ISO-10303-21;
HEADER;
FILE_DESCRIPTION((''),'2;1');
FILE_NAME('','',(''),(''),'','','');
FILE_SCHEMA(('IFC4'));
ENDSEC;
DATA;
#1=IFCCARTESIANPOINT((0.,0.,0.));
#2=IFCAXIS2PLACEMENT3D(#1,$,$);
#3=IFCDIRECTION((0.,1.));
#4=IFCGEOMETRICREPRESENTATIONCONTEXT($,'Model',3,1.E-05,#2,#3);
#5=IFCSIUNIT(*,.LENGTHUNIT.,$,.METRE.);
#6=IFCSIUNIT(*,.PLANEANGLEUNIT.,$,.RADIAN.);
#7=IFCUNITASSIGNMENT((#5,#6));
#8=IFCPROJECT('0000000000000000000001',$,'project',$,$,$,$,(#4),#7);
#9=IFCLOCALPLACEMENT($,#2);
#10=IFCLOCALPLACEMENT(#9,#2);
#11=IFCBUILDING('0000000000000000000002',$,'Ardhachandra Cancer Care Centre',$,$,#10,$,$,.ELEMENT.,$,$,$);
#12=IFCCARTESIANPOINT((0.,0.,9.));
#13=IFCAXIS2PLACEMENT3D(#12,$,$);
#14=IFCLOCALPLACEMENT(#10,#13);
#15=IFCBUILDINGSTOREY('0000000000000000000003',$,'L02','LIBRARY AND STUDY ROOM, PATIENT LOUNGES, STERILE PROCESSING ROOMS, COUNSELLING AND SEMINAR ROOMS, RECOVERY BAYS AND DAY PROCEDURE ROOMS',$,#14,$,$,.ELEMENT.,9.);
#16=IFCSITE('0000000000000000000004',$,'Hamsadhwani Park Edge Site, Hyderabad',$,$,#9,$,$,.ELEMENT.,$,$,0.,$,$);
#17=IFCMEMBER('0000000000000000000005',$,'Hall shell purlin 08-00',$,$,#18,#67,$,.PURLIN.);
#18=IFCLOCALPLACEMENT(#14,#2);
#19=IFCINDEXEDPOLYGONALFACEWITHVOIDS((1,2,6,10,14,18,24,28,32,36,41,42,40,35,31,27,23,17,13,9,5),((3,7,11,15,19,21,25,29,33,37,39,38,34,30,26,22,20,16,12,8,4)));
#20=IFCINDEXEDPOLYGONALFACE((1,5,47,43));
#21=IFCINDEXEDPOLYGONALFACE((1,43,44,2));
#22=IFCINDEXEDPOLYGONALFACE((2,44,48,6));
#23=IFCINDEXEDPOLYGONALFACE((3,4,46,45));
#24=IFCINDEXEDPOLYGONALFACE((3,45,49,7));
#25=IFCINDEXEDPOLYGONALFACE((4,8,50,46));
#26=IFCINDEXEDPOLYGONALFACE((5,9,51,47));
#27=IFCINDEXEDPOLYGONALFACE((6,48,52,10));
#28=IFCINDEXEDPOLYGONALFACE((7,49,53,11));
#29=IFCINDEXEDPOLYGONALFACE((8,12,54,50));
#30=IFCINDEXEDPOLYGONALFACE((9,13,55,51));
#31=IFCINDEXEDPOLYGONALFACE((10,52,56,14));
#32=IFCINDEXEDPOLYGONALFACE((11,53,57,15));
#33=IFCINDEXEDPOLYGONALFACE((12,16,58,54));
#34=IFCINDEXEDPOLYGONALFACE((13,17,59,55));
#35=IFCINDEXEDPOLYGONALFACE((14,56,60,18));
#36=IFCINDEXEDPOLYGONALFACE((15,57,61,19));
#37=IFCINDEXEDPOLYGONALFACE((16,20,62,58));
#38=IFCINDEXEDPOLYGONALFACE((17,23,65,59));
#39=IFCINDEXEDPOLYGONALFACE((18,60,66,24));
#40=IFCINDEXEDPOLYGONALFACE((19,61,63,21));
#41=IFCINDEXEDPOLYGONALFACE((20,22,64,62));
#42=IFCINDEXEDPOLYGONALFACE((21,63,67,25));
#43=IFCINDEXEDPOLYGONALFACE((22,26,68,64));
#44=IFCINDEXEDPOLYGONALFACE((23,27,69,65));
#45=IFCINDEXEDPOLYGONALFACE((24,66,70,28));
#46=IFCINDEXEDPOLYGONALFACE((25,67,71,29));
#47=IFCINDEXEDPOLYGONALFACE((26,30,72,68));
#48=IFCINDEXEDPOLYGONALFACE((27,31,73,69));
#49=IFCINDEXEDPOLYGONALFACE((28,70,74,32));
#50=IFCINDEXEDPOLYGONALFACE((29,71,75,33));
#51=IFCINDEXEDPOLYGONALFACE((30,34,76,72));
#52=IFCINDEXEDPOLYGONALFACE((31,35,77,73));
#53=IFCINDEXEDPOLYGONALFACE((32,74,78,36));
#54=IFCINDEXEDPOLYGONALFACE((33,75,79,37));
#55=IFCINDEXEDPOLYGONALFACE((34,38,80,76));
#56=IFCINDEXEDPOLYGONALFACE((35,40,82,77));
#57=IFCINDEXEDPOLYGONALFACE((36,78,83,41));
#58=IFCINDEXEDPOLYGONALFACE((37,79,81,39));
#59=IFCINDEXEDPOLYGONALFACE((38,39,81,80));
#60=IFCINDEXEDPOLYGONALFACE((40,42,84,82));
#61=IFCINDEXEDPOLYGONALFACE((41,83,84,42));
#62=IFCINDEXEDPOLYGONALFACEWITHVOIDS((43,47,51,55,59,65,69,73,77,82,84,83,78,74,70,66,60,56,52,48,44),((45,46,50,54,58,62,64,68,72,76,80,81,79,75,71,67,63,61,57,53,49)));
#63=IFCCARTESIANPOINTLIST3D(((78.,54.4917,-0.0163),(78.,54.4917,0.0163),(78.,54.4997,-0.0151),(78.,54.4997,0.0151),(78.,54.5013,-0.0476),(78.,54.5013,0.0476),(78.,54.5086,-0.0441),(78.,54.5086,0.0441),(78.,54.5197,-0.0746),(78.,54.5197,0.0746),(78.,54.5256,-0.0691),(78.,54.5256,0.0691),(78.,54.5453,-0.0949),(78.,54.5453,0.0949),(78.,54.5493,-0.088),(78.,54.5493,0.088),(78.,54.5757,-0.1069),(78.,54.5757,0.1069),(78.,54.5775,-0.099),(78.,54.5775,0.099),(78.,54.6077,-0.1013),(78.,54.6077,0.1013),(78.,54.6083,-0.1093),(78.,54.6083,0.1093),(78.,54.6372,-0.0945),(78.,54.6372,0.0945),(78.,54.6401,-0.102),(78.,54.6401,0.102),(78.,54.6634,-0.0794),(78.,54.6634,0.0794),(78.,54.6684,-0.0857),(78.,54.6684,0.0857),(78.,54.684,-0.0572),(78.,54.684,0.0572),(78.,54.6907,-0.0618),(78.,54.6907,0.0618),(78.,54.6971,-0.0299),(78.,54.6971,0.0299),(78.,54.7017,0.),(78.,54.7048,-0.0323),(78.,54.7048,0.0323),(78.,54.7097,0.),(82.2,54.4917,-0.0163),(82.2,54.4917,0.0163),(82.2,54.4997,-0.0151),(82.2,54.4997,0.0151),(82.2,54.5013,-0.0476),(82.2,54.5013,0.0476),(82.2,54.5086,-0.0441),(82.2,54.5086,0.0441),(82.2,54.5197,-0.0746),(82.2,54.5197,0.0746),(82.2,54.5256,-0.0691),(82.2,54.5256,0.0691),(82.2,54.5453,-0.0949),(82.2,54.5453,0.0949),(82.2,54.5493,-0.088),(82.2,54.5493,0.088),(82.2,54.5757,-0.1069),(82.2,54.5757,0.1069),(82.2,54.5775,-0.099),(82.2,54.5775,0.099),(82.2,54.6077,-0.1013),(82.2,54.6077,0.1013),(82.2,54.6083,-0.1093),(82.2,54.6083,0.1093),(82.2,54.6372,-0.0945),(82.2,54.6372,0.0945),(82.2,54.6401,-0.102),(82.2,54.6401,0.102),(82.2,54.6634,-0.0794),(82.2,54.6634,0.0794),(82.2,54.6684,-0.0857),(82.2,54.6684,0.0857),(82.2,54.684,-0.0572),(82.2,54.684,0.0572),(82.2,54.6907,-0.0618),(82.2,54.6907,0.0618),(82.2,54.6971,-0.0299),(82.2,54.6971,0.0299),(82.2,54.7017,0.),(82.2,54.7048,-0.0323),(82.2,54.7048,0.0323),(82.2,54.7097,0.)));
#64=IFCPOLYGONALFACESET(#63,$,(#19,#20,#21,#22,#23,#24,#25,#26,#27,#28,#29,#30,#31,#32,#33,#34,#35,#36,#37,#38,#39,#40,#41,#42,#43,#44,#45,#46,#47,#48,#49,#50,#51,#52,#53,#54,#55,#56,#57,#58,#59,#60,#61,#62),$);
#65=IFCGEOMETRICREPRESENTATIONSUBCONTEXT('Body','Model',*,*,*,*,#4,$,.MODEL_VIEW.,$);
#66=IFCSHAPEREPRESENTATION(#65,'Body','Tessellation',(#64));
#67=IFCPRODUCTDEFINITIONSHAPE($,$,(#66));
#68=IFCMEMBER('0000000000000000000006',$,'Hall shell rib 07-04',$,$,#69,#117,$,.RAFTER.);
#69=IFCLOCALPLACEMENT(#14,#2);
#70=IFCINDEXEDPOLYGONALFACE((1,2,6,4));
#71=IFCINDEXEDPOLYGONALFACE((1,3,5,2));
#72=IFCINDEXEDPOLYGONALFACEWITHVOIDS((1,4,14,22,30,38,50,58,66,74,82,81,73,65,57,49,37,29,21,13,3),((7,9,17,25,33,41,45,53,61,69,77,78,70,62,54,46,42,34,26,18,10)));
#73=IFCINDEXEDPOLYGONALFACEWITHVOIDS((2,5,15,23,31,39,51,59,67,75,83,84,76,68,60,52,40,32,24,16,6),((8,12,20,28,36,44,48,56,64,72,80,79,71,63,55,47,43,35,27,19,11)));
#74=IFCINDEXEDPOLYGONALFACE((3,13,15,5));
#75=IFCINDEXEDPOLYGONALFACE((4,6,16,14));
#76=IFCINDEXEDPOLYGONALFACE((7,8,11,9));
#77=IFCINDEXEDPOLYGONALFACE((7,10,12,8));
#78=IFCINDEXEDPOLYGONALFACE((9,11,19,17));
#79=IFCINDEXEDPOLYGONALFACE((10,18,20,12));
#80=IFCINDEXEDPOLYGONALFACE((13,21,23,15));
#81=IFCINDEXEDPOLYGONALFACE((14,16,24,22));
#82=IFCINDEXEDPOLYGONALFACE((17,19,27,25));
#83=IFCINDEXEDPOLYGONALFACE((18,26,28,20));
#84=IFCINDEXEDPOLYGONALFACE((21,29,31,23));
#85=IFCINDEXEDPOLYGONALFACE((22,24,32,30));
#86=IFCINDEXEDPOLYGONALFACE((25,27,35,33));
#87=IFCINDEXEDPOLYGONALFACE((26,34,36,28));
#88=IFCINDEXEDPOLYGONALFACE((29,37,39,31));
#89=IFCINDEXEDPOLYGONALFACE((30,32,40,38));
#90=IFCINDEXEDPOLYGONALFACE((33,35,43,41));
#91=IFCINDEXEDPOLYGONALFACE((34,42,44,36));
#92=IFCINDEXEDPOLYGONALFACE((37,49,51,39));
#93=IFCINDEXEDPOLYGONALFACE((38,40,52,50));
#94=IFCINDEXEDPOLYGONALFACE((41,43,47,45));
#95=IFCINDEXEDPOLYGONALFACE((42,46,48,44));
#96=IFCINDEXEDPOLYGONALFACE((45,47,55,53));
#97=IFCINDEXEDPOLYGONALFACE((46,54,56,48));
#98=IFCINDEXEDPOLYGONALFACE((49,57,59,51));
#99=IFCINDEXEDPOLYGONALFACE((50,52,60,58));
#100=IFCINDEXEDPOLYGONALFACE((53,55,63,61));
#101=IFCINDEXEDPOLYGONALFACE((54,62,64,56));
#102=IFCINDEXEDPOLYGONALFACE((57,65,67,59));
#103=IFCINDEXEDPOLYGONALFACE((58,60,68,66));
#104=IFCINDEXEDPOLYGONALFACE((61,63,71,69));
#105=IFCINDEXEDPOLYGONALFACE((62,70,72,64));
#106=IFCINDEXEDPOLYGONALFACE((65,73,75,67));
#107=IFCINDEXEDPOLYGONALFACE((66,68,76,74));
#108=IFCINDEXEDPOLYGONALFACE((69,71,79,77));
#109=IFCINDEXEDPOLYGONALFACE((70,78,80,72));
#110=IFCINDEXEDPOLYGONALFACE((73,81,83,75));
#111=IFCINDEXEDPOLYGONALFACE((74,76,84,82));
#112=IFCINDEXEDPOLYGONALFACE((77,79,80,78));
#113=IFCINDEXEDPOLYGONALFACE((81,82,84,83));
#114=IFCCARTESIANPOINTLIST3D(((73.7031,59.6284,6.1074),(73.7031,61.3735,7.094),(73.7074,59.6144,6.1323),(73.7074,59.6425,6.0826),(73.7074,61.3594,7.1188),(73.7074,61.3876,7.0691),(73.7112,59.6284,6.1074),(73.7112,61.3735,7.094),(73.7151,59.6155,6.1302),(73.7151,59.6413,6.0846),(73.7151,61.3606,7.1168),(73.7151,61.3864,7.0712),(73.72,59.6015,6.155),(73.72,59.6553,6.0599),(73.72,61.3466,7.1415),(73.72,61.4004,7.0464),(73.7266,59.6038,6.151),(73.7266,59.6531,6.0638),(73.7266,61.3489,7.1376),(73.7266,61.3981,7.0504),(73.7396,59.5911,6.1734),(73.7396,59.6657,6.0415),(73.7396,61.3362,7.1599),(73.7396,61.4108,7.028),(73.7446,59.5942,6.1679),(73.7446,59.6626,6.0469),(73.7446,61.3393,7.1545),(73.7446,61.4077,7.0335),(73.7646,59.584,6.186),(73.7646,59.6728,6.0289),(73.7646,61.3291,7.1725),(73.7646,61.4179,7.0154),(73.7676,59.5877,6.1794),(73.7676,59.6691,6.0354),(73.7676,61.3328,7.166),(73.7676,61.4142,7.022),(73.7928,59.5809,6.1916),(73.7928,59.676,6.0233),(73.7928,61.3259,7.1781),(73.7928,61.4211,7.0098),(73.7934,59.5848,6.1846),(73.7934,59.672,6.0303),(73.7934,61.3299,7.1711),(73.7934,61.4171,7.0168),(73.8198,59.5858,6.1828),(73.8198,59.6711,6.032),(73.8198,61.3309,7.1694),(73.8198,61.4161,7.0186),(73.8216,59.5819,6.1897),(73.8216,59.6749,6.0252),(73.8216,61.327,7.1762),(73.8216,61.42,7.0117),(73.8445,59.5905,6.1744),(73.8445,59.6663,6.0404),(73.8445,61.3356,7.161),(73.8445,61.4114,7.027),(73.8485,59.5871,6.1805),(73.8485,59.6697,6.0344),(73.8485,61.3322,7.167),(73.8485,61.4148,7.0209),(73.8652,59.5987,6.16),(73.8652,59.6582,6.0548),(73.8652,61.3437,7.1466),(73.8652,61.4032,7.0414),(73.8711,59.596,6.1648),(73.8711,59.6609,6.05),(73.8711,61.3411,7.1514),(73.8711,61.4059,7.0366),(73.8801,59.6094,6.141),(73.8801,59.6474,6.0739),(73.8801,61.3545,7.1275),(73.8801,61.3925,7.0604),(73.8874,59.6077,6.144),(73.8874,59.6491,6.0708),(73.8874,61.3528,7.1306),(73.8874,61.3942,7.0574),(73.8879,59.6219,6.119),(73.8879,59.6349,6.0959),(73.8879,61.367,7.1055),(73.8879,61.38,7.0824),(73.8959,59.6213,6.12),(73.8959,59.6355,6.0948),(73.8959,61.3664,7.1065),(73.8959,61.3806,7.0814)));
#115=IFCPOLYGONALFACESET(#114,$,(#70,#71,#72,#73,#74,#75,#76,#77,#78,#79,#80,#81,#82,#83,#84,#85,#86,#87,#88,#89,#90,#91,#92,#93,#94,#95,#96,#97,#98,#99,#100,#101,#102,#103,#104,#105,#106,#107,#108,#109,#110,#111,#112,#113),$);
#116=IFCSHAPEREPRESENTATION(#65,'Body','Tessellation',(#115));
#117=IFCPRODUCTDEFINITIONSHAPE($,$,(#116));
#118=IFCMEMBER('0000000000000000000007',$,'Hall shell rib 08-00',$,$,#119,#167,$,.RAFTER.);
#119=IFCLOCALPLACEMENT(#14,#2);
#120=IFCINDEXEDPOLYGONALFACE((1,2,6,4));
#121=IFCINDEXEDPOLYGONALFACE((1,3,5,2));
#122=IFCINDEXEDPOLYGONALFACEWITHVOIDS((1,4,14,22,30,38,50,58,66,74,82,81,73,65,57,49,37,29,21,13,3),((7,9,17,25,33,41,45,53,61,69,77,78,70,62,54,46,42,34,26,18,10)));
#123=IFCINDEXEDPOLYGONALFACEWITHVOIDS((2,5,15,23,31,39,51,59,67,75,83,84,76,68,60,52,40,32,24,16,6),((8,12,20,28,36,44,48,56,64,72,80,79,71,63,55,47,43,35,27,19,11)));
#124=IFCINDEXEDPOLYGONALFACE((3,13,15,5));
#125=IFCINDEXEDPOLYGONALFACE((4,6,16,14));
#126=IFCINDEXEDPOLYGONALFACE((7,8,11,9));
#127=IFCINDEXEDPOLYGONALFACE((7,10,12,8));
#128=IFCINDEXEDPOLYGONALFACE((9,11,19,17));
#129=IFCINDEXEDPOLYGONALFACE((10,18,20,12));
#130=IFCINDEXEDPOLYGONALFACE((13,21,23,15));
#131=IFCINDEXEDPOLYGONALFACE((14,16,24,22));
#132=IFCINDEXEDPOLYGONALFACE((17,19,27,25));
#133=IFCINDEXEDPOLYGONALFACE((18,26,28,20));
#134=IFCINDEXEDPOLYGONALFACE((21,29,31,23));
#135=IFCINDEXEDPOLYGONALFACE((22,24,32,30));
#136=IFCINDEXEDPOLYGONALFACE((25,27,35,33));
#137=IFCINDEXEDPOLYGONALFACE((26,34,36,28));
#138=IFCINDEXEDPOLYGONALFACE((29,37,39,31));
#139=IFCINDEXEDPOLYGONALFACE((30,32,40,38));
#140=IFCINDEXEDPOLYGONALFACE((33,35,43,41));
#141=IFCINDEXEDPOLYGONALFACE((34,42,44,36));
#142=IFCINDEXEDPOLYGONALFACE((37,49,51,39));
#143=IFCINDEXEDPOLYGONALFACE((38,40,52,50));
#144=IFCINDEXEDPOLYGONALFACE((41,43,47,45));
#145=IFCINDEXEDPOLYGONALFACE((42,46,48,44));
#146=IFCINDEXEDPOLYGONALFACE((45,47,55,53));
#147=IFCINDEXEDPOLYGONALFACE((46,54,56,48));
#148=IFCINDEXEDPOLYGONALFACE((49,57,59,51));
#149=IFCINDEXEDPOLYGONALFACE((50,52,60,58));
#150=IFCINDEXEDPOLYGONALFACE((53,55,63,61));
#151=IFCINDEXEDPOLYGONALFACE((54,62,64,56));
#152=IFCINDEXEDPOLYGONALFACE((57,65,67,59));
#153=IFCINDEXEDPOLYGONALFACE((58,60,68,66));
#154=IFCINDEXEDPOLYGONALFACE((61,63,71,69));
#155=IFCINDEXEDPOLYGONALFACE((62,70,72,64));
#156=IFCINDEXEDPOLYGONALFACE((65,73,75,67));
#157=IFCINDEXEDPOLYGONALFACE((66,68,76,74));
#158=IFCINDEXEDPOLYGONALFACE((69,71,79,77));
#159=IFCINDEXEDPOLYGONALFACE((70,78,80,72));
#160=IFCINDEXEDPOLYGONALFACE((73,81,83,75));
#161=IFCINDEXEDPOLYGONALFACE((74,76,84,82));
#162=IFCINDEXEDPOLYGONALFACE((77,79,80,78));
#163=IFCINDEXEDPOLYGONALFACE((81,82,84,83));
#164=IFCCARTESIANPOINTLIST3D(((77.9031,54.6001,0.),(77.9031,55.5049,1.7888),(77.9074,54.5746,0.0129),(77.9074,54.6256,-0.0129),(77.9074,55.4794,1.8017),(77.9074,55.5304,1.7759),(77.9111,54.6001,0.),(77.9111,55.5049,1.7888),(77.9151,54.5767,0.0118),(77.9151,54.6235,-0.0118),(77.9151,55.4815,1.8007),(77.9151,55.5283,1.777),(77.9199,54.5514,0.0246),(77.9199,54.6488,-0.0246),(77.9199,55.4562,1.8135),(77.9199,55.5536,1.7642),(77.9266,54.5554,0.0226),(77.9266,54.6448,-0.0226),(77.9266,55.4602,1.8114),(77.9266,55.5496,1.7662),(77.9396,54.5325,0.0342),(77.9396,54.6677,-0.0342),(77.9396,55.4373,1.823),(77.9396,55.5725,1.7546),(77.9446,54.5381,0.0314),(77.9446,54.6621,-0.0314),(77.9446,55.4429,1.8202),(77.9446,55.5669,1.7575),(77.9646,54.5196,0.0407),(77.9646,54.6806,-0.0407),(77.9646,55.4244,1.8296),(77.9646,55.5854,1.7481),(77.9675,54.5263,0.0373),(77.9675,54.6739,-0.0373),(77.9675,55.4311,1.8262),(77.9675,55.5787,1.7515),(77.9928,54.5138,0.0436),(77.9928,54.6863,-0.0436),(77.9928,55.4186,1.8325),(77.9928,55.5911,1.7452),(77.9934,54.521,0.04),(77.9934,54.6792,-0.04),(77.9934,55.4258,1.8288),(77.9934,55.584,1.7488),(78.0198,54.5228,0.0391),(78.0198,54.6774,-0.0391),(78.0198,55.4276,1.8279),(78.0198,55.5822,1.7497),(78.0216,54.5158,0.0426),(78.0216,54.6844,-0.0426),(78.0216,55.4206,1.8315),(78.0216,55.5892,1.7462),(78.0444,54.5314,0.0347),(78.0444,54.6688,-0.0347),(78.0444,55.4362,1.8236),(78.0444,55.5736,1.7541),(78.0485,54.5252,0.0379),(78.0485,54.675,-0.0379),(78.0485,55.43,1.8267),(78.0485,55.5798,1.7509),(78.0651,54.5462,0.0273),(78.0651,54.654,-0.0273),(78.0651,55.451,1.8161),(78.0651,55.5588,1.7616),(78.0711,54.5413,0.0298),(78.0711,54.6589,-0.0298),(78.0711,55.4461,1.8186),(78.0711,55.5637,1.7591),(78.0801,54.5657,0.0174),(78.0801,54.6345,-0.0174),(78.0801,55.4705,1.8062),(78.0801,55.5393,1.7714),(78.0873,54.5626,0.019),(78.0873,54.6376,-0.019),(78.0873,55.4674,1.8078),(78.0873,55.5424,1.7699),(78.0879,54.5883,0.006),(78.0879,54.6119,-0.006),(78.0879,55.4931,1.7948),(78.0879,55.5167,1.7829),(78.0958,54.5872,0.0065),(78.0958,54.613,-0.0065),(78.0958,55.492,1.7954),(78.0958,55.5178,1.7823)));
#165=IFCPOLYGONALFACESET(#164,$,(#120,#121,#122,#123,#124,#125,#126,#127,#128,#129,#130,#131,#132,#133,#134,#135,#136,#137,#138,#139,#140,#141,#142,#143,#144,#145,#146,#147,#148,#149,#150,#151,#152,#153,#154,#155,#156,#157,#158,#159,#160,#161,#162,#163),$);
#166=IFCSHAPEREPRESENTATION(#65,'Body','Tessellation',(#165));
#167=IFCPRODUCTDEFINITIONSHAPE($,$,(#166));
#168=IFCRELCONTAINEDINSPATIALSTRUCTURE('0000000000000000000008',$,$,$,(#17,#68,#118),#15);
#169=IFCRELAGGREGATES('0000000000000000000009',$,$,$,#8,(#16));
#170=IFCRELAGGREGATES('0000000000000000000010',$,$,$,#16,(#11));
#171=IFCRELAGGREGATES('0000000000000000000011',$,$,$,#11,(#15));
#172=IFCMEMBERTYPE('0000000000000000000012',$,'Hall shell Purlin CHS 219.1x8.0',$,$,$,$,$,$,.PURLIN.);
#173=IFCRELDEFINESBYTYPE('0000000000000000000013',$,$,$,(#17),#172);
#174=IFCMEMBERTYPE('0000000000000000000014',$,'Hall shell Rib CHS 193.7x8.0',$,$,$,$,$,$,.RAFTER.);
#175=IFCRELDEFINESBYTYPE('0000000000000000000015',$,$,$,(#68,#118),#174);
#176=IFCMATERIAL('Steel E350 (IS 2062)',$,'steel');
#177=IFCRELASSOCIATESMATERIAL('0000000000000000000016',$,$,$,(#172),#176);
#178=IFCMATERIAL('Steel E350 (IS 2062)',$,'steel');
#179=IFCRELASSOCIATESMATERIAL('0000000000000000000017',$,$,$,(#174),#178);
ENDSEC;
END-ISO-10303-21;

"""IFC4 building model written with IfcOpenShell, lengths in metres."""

from ifc_helpers import new_model, si_unit, direction, frame, origin, origin_2d, place, context, subcontext, project, spatial, hollow_circle, extrude, material, material_profile, profile_set, type_object, element, save


model = new_model("IFC4")

# Units and contexts
model_context = context("Model", 3, precision=1e-05, world=origin(), true_north=direction((0.0, 1.0)))
body_context = subcontext(model_context, "Body", "Model", "MODEL_VIEW")
ifc_project = project(units=[si_unit("LENGTHUNIT", "METRE"), si_unit("PLANEANGLEUNIT", "RADIAN")], contexts=[model_context])

# Site, building, storey
site_placement = place(None, origin())
site = spatial("IfcSite", under=ifc_project, at=site_placement, Name="Hamsadhwani Park Edge Site, Hyderabad", CompositionType="ELEMENT", RefElevation=0.0)
building_placement = place(site_placement, origin())
building = spatial("IfcBuilding", under=site, at=building_placement, Name="Ardhachandra Cancer Care Centre", CompositionType="ELEMENT")
storey_placement = place(building_placement, frame((0.0, 0.0, 9.0)))
storey = spatial("IfcBuildingStorey", under=building, at=storey_placement, Name="L02", Description="LIBRARY AND STUDY ROOM, PATIENT LOUNGES, STERILE PROCESSING ROOMS, COUNSELLING AND SEMINAR ROOMS, RECOVERY BAYS AND DAY PROCEDURE ROOMS", CompositionType="ELEMENT", Elevation=9.0)

# Members
ifc_material_1 = material(Name="Steel E350 (IS 2062)", Category="steel")
ifc_material_profile_1 = material_profile(ifc_material_1, hollow_circle(Radius=0.1096, WallThickness=0.0081, at=origin_2d()), Name="CHS 219.1x8.0")
ifc_profile_set_1 = profile_set([ifc_material_profile_1], Name="Steel E350 (IS 2062)")
member_type_1 = type_object("IfcMemberType", Name="Hall shell Purlin CHS 219.1x8.0", PredefinedType="PURLIN", material=ifc_profile_set_1)
member_1_placement = place(storey_placement, frame((78.0, 54.6001, 0.0), z_axis=(1.0, 0.0, 0.0), x_axis=(0.0, 1.0, 0.0)))
element("IfcMember", 1, at=member_1_placement, inside=storey, type_object=member_type_1, Name="Hall shell purlin 08-00", PredefinedType="PURLIN", context=body_context, shape_type="SweptSolid", body=[
    extrude(hollow_circle(Radius=0.1096, WallThickness=0.0081, at=origin_2d()), origin(), (0.0, 0.0, 1.0), 4.2),
])
ifc_material_2 = material(Name="Steel E350 (IS 2062)", Category="steel")
ifc_material_profile_2 = material_profile(ifc_material_2, hollow_circle(Radius=0.0969, WallThickness=0.0081, at=origin_2d()), Name="CHS 193.7x8.0")
ifc_profile_set_2 = profile_set([ifc_material_profile_2], Name="Steel E350 (IS 2062)")
member_type_2 = type_object("IfcMemberType", Name="Hall shell Rib CHS 193.7x8.0", PredefinedType="RAFTER", material=ifc_profile_set_2)
for number, where, z_axis, x_axis, name in (
    (2, (73.8, 59.6284, 6.1074), (0.0, 0.87052, 0.492134), (-1.0, 0.0, 0.0), "Hall shell rib 07-04"),
    (3, (78.0, 54.6001, 0.0), (0.0, 0.45135, 0.892347), (-1.0, 0.0, 0.0), "Hall shell rib 08-00"),
):
    element("IfcMember", number, at=place(storey_placement, frame(where, z_axis=z_axis, x_axis=x_axis)), inside=storey, type_object=member_type_2, Name=name, PredefinedType="RAFTER", context=body_context, shape_type="SweptSolid", body=[
        extrude(hollow_circle(Radius=0.0969, WallThickness=0.0081, at=origin_2d()), origin(), (0.0, 0.0, 1.0), 2.0046),
    ])

save(model, "model.ifc")
